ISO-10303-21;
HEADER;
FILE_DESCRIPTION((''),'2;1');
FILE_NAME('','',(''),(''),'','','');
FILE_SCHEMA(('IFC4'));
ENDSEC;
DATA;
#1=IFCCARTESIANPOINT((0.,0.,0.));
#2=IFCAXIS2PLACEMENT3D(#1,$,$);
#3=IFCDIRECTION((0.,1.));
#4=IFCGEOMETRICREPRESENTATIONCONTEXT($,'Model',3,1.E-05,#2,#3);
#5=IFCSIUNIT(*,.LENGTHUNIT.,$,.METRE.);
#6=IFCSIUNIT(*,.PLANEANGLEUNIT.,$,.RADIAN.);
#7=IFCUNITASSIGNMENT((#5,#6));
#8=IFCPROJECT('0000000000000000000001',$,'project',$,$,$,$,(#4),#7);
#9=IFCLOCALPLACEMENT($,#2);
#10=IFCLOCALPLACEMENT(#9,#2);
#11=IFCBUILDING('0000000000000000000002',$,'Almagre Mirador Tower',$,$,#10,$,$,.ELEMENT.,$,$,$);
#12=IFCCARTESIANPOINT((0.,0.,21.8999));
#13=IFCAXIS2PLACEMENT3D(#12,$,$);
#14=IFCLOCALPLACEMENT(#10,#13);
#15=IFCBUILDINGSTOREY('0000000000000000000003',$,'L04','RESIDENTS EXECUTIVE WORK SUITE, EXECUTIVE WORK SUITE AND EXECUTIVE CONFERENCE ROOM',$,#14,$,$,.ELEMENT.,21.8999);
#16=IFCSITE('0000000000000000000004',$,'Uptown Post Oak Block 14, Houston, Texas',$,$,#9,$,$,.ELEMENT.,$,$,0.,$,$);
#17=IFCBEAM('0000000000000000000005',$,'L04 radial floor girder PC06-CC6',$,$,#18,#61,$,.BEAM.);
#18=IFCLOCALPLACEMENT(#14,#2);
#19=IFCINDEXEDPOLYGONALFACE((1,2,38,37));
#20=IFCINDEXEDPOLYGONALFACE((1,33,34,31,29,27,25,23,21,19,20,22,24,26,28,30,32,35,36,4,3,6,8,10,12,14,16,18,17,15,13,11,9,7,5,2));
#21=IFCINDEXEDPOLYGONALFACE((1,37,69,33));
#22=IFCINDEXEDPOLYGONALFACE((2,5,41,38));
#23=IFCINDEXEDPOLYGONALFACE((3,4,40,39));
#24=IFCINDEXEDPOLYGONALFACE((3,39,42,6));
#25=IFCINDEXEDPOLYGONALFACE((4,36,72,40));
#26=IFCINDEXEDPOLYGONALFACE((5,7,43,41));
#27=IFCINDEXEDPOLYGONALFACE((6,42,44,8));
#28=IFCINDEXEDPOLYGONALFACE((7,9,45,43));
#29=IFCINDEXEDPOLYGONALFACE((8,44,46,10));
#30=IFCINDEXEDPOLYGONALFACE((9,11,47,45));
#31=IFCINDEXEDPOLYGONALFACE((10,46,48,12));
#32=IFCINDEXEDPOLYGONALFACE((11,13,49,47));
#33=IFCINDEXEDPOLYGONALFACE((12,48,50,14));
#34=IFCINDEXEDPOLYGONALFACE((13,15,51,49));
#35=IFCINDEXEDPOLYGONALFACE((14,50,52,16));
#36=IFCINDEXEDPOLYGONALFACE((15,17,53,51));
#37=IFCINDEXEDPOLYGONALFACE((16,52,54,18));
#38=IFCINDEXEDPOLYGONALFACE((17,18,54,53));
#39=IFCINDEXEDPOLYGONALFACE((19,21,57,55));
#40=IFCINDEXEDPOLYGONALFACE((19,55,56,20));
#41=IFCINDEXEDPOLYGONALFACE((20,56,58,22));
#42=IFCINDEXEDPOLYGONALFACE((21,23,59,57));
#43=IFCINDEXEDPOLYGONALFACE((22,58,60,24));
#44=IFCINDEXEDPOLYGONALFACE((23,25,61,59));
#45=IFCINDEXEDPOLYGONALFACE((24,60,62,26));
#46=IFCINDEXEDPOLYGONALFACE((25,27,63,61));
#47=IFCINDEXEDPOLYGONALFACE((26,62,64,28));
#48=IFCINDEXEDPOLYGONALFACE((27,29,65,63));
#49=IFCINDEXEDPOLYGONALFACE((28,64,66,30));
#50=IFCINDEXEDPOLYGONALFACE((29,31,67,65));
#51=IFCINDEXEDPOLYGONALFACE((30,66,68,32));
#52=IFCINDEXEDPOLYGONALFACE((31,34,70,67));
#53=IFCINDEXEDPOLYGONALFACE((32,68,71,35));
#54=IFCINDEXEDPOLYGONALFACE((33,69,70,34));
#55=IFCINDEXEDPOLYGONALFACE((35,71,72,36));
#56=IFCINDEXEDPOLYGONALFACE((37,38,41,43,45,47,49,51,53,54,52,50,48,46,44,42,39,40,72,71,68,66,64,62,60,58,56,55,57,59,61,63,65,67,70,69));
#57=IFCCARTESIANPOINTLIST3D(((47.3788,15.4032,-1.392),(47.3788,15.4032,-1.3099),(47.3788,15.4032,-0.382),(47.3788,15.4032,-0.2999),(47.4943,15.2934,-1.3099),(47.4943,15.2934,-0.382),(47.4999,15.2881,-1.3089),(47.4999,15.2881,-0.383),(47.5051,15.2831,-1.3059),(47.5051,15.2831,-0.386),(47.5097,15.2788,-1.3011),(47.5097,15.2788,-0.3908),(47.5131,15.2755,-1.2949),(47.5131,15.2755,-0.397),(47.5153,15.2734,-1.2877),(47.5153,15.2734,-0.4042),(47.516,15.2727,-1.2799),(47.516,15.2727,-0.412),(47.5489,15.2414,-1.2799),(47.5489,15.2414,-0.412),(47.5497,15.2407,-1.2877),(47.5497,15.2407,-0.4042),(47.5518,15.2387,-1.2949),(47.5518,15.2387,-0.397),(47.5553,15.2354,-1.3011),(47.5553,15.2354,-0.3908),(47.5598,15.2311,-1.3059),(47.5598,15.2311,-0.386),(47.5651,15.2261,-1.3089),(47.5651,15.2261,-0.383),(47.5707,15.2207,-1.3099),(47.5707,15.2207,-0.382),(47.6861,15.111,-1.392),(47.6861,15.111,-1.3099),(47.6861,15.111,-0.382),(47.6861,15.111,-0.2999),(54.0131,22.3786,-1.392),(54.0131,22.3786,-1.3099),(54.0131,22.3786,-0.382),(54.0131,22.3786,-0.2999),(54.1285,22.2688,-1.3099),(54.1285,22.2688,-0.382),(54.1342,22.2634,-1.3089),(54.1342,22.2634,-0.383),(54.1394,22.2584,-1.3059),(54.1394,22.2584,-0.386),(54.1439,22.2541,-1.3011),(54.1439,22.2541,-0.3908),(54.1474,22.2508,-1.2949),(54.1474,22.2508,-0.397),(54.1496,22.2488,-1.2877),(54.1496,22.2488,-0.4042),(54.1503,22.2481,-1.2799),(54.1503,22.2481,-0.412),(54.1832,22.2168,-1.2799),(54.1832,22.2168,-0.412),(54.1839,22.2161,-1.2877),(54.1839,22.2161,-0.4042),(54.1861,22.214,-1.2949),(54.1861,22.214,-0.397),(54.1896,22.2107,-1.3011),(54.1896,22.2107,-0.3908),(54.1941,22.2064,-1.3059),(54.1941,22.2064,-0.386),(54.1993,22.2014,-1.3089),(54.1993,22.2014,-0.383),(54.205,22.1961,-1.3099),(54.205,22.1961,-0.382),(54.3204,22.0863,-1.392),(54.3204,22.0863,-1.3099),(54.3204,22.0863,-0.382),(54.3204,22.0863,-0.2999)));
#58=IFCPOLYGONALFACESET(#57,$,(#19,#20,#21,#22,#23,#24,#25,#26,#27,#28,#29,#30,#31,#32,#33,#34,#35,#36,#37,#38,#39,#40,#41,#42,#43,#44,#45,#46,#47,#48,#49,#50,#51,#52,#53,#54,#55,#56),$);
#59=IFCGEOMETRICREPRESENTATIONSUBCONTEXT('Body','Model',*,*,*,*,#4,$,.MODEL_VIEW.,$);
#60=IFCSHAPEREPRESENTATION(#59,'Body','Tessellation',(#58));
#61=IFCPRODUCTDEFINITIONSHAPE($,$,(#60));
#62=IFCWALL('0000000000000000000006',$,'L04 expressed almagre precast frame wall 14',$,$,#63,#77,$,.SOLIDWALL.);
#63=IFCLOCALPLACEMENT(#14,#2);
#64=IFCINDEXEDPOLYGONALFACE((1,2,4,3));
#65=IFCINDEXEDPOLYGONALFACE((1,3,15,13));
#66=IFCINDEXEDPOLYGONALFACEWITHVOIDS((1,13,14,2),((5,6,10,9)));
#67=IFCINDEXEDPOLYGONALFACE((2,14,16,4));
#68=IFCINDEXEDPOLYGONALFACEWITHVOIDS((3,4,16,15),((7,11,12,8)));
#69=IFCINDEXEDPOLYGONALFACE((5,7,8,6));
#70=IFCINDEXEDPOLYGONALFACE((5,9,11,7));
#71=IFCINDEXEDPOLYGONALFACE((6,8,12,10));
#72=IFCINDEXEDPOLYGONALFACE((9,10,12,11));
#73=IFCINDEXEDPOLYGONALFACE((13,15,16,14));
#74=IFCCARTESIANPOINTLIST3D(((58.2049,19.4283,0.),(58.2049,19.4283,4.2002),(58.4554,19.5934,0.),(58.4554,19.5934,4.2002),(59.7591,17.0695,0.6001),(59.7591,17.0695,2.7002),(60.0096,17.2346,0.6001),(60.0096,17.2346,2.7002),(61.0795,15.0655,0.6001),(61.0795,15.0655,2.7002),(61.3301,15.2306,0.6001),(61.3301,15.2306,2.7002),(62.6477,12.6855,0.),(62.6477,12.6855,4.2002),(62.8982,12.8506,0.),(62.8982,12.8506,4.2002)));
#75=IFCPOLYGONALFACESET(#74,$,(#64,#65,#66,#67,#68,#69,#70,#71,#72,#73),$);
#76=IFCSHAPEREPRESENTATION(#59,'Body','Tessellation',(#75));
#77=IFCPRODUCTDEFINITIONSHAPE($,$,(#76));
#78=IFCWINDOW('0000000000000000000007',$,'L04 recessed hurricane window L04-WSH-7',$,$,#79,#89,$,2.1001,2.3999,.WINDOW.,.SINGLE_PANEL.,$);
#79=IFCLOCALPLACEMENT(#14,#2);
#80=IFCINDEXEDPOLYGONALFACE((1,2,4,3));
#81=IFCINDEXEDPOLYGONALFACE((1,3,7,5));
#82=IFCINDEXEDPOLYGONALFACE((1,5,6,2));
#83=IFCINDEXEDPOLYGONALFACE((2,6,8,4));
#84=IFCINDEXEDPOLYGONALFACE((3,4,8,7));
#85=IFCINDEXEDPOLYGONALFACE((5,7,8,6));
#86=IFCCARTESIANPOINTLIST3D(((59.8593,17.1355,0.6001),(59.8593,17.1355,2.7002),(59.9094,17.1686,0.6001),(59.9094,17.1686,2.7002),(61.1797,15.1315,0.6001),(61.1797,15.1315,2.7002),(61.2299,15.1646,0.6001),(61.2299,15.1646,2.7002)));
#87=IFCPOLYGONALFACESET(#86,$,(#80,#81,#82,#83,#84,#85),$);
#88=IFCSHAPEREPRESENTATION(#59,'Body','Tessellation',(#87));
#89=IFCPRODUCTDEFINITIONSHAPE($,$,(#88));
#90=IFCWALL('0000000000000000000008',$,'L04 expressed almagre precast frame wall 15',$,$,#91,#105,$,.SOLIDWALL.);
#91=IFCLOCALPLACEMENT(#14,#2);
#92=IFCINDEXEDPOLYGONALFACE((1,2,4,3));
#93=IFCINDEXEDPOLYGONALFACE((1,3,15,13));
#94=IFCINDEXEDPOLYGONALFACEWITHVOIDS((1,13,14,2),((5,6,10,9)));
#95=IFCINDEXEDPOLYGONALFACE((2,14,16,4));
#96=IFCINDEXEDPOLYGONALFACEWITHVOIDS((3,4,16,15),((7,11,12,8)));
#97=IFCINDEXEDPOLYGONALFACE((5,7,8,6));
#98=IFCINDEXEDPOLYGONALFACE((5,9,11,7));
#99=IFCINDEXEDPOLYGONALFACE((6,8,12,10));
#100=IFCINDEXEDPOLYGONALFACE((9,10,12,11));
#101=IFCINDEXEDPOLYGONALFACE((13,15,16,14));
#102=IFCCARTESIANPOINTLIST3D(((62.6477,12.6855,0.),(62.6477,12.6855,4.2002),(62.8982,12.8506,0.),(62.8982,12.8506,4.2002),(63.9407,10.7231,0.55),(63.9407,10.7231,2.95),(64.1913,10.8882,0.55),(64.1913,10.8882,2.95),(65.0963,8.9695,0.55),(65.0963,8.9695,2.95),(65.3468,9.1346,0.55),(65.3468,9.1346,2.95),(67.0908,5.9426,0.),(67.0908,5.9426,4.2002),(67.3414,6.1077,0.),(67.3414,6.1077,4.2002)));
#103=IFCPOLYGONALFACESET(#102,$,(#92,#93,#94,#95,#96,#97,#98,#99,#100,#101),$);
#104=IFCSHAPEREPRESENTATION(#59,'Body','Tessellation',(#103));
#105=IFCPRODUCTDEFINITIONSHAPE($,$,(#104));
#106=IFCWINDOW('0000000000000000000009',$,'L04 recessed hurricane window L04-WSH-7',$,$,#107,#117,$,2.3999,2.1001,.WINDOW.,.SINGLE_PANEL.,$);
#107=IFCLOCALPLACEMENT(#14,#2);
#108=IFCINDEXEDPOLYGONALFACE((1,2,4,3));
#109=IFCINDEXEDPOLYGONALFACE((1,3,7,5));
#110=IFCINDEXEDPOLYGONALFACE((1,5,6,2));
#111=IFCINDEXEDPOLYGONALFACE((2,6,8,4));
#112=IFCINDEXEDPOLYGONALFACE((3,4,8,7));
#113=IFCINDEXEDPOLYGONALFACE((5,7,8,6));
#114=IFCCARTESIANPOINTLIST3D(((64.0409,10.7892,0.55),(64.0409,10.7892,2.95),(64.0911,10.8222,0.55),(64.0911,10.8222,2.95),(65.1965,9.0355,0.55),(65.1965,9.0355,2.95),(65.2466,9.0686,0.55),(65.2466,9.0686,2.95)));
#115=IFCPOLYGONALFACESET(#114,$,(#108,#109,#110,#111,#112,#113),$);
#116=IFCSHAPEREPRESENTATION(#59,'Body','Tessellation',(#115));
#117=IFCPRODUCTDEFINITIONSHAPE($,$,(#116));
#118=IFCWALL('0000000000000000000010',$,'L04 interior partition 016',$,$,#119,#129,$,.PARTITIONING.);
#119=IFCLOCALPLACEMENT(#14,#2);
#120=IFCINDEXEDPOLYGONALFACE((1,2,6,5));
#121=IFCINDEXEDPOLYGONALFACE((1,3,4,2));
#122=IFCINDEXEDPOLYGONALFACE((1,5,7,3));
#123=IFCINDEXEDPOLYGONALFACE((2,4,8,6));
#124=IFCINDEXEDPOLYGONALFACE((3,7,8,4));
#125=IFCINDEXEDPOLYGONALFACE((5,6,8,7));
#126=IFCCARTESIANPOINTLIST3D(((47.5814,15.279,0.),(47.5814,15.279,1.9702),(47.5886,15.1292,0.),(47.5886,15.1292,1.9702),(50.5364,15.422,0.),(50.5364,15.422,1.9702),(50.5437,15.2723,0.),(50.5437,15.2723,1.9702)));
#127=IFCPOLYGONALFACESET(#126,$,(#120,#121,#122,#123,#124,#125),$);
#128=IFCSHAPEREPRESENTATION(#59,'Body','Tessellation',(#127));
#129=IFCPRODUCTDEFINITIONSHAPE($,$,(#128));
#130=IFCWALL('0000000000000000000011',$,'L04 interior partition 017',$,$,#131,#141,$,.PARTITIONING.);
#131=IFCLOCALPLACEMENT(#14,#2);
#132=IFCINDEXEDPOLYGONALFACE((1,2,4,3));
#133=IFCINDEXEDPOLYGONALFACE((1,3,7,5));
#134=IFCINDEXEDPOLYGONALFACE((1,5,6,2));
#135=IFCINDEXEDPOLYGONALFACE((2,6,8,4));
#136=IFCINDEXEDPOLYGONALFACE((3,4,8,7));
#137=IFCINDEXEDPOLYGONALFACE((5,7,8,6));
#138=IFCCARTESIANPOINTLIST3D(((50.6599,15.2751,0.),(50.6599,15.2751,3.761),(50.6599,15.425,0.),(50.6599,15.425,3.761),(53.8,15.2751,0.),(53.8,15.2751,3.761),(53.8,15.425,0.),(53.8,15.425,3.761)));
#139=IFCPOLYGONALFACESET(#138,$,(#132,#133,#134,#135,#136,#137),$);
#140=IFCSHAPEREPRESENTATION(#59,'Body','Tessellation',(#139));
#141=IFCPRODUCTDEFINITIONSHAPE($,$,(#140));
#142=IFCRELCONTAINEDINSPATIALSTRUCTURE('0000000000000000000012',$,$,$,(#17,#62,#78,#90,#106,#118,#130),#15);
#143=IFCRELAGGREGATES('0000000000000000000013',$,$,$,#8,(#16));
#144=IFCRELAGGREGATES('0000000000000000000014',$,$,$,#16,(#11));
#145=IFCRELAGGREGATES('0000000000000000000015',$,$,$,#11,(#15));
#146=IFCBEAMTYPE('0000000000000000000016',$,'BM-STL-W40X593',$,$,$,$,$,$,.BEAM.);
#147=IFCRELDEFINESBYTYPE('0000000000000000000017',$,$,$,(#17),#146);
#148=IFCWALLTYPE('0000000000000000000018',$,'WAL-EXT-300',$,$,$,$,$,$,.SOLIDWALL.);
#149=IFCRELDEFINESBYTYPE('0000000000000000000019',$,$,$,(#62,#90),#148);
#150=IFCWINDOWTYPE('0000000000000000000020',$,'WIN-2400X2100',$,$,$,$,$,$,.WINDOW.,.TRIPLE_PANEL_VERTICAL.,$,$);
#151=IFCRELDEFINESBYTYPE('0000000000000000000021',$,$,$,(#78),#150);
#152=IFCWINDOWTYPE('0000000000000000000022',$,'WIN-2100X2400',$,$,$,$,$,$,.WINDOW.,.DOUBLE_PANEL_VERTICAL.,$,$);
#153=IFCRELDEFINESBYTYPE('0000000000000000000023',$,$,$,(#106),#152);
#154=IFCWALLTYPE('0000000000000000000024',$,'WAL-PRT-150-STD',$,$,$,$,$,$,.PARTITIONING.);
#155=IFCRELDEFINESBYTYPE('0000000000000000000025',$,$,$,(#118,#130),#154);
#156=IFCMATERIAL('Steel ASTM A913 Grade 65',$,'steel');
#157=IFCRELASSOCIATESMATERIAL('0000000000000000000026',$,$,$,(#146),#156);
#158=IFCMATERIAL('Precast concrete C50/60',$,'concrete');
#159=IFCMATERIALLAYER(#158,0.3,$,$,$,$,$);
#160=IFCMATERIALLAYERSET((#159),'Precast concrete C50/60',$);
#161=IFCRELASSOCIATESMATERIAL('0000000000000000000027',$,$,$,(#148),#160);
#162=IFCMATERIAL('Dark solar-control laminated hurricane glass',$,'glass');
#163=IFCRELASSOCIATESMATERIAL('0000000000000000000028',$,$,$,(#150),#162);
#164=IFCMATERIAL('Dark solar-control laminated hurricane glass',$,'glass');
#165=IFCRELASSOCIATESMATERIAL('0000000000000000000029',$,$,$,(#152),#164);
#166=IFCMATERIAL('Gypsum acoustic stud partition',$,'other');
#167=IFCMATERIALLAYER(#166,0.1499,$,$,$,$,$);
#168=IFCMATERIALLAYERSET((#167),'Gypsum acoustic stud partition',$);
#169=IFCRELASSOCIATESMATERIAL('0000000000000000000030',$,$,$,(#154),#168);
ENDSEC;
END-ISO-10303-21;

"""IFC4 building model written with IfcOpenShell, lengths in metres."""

from ifc_helpers import new_model, si_unit, direction, frame, frame_2d, origin, origin_2d, place, context, subcontext, project, spatial, rectangle, i_section, extrude, material, layer, layer_set, material_profile, profile_set, type_object, element, fill, save


model = new_model("IFC4")

# Units and contexts
model_context = context("Model", 3, precision=1e-05, world=origin(), true_north=direction((0.0, 1.0)))
body_context = subcontext(model_context, "Body", "Model", "MODEL_VIEW")
ifc_project = project(units=[si_unit("LENGTHUNIT", "METRE"), si_unit("PLANEANGLEUNIT", "RADIAN")], contexts=[model_context])

# Site, building, storey
site_placement = place(None, origin())
site = spatial("IfcSite", under=ifc_project, at=site_placement, Name="Uptown Post Oak Block 14, Houston, Texas", CompositionType="ELEMENT", RefElevation=0.0)
building_placement = place(site_placement, origin())
building = spatial("IfcBuilding", under=site, at=building_placement, Name="Almagre Mirador Tower", CompositionType="ELEMENT")
storey_placement = place(building_placement, frame((0.0, 0.0, 21.8999)))
storey = spatial("IfcBuildingStorey", under=building, at=storey_placement, Name="L04", Description="RESIDENTS EXECUTIVE WORK SUITE, EXECUTIVE WORK SUITE AND EXECUTIVE CONFERENCE ROOM", CompositionType="ELEMENT", Elevation=21.8999)

# Beam
ifc_material_1 = material(Name="Steel ASTM A913 Grade 65", Category="steel")
ifc_material_profile_1 = material_profile(ifc_material_1, i_section(OverallWidth=0.4241, OverallDepth=1.092, WebThickness=0.0454, FlangeThickness=0.082, FilletRadius=0.03, at=origin_2d()), Name="W40X593")
ifc_profile_set_1 = profile_set([ifc_material_profile_1], Name="Steel ASTM A913 Grade 65")
beam_type_1 = type_object("IfcBeamType", Name="BM-STL-W40X593", PredefinedType="BEAM", material=ifc_profile_set_1)
beam_1_placement = place(storey_placement, frame((54.1667, 22.2324, -0.8459), z_axis=(-0.68917, -0.7246, 0.0), x_axis=(0.7246, -0.68917, 0.0)))
element("IfcBeam", 1, at=beam_1_placement, inside=storey, type_object=beam_type_1, Name="L04 radial floor girder PC06-CC6", PredefinedType="BEAM", context=body_context, shape_type="SweptSolid", body=[
    extrude(i_section(OverallWidth=0.4241, OverallDepth=1.092, WebThickness=0.0454, FlangeThickness=0.082, FilletRadius=0.03, at=origin_2d()), origin(), (0.0, 0.0, 1.0), 9.6265),
])

# Walls, openings, windows
ifc_material_2 = material(Name="Precast concrete C50/60", Category="concrete")
ifc_layer_1 = layer(ifc_material_2, 0.3)
ifc_layer_set_1 = layer_set([ifc_layer_1], Name="Precast concrete C50/60")
wall_type_1 = type_object("IfcWallType", Name="WAL-EXT-300", PredefinedType="SOLIDWALL", material=ifc_layer_set_1)
wall_1_placement = place(storey_placement, frame((58.3301, 19.511, 0.0), z_axis=(0.0, 0.0, 1.0), x_axis=(0.550199, -0.835034, 0.0)))
wall_1 = element("IfcWall", 2, at=wall_1_placement, inside=storey, type_object=wall_type_1, Name="L04 expressed almagre precast frame wall 14", PredefinedType="SOLIDWALL", context=body_context, shape_type="SweptSolid", body=[
    extrude(rectangle(XDim=8.075, YDim=0.3, at=frame_2d((4.0376, 0.0))), origin(), (0.0, 0.0, 1.0), 4.2002),
])
opening_1_placement = place(wall_1_placement, frame((2.825, 0.0, 0.6001)))
opening_1 = element("IfcOpeningElement", 3, at=opening_1_placement, cuts=wall_1, PredefinedType="OPENING", context=body_context, shape_type="SweptSolid", body=[
    extrude(rectangle(XDim=2.3999, YDim=2.1001, at=frame_2d((1.2, 1.05))), frame((0.0, 0.1599, 0.0), z_axis=(0.0, -1.0, 0.0), x_axis=(1.0, 0.0, 0.0)), (0.0, 0.0, 1.0), 0.32),
])
ifc_material_3 = material(Name="Dark solar-control laminated hurricane glass", Category="glass")
window_type_1 = type_object("IfcWindowType", Name="WIN-2400X2100", PartitioningType="TRIPLE_PANEL_VERTICAL", PredefinedType="WINDOW", material=ifc_material_3)
window_1_placement = place(opening_1_placement, origin())
window_1 = element("IfcWindow", 4, at=window_1_placement, inside=storey, type_object=window_type_1, Name="L04 recessed hurricane window L04-WSH-7", OverallHeight=2.1001, OverallWidth=2.3999, PartitioningType="SINGLE_PANEL", PredefinedType="WINDOW", context=body_context, shape_type="SweptSolid", body=[
    extrude(rectangle(XDim=2.3999, YDim=2.1001, at=frame_2d((1.2, 1.05))), frame((0.0, 0.03, 0.0), z_axis=(0.0, -1.0, 0.0), x_axis=(1.0, 0.0, 0.0)), (0.0, 0.0, 1.0), 0.0601),
])
fill(opening_1, window_1)
wall_2_placement = place(storey_placement, frame((62.7729, 12.7681, 0.0), z_axis=(0.0, 0.0, 1.0), x_axis=(0.55022, -0.83502, 0.0)))
wall_2 = element("IfcWall", 5, at=wall_2_placement, inside=storey, type_object=wall_type_1, Name="L04 expressed almagre precast frame wall 15", PredefinedType="SOLIDWALL", context=body_context, shape_type="SweptSolid", body=[
    extrude(rectangle(XDim=8.0752, YDim=0.3, at=frame_2d((4.0376, 0.0))), origin(), (0.0, 0.0, 1.0), 4.2002),
])
opening_2_placement = place(wall_2_placement, frame((2.3501, 0.0, 0.55)))
opening_2 = element("IfcOpeningElement", 6, at=opening_2_placement, cuts=wall_2, PredefinedType="OPENING", context=body_context, shape_type="SweptSolid", body=[
    extrude(rectangle(XDim=2.1001, YDim=2.3999, at=frame_2d((1.05, 1.2))), frame((0.0, 0.1599, 0.0), z_axis=(0.0, -1.0, 0.0), x_axis=(1.0, 0.0, 0.0)), (0.0, 0.0, 1.0), 0.32),
])
ifc_material_4 = material(Name="Dark solar-control laminated hurricane glass", Category="glass")
window_type_2 = type_object("IfcWindowType", Name="WIN-2100X2400", PartitioningType="DOUBLE_PANEL_VERTICAL", PredefinedType="WINDOW", material=ifc_material_4)
window_2_placement = place(opening_2_placement, origin())
window_2 = element("IfcWindow", 7, at=window_2_placement, inside=storey, type_object=window_type_2, Name="L04 recessed hurricane window L04-WSH-7", OverallHeight=2.3999, OverallWidth=2.1001, PartitioningType="SINGLE_PANEL", PredefinedType="WINDOW", context=body_context, shape_type="SweptSolid", body=[
    extrude(rectangle(XDim=2.1001, YDim=2.3999, at=frame_2d((1.05, 1.2))), frame((0.0, 0.03, 0.0), z_axis=(0.0, -1.0, 0.0), x_axis=(1.0, 0.0, 0.0)), (0.0, 0.0, 1.0), 0.0601),
])
fill(opening_2, window_2)

# Walls
ifc_material_5 = material(Name="Gypsum acoustic stud partition", Category="other")
ifc_layer_2 = layer(ifc_material_5, 0.1499)
ifc_layer_set_2 = layer_set([ifc_layer_2], Name="Gypsum acoustic stud partition")
wall_type_2 = type_object("IfcWallType", Name="WAL-PRT-150-STD", PredefinedType="PARTITIONING", material=ifc_layer_set_2)
wall_3_placement = place(storey_placement, frame((50.54, 15.3472, 0.0), z_axis=(0.0, 0.0, 1.0), x_axis=(-0.99883, -0.048357, 0.0)))
element("IfcWall", 8, at=wall_3_placement, inside=storey, type_object=wall_type_2, Name="L04 interior partition 016", PredefinedType="PARTITIONING", context=body_context, shape_type="SweptSolid", body=[
    extrude(rectangle(XDim=2.9585, YDim=0.1499, at=frame_2d((1.4792, 0.0))), origin(), (0.0, 0.0, 1.0), 1.9702),
])
wall_4_placement = place(storey_placement, frame((53.8, 15.3501, 0.0), z_axis=(0.0, 0.0, 1.0), x_axis=(-1.0, 0.0, 0.0)))
element("IfcWall", 9, at=wall_4_placement, inside=storey, type_object=wall_type_2, Name="L04 interior partition 017", PredefinedType="PARTITIONING", context=body_context, shape_type="SweptSolid", body=[
    extrude(rectangle(XDim=3.1401, YDim=0.1499, at=frame_2d((1.5701, 0.0))), origin(), (0.0, 0.0, 1.0), 3.761),
])

save(model, "model.ifc")
